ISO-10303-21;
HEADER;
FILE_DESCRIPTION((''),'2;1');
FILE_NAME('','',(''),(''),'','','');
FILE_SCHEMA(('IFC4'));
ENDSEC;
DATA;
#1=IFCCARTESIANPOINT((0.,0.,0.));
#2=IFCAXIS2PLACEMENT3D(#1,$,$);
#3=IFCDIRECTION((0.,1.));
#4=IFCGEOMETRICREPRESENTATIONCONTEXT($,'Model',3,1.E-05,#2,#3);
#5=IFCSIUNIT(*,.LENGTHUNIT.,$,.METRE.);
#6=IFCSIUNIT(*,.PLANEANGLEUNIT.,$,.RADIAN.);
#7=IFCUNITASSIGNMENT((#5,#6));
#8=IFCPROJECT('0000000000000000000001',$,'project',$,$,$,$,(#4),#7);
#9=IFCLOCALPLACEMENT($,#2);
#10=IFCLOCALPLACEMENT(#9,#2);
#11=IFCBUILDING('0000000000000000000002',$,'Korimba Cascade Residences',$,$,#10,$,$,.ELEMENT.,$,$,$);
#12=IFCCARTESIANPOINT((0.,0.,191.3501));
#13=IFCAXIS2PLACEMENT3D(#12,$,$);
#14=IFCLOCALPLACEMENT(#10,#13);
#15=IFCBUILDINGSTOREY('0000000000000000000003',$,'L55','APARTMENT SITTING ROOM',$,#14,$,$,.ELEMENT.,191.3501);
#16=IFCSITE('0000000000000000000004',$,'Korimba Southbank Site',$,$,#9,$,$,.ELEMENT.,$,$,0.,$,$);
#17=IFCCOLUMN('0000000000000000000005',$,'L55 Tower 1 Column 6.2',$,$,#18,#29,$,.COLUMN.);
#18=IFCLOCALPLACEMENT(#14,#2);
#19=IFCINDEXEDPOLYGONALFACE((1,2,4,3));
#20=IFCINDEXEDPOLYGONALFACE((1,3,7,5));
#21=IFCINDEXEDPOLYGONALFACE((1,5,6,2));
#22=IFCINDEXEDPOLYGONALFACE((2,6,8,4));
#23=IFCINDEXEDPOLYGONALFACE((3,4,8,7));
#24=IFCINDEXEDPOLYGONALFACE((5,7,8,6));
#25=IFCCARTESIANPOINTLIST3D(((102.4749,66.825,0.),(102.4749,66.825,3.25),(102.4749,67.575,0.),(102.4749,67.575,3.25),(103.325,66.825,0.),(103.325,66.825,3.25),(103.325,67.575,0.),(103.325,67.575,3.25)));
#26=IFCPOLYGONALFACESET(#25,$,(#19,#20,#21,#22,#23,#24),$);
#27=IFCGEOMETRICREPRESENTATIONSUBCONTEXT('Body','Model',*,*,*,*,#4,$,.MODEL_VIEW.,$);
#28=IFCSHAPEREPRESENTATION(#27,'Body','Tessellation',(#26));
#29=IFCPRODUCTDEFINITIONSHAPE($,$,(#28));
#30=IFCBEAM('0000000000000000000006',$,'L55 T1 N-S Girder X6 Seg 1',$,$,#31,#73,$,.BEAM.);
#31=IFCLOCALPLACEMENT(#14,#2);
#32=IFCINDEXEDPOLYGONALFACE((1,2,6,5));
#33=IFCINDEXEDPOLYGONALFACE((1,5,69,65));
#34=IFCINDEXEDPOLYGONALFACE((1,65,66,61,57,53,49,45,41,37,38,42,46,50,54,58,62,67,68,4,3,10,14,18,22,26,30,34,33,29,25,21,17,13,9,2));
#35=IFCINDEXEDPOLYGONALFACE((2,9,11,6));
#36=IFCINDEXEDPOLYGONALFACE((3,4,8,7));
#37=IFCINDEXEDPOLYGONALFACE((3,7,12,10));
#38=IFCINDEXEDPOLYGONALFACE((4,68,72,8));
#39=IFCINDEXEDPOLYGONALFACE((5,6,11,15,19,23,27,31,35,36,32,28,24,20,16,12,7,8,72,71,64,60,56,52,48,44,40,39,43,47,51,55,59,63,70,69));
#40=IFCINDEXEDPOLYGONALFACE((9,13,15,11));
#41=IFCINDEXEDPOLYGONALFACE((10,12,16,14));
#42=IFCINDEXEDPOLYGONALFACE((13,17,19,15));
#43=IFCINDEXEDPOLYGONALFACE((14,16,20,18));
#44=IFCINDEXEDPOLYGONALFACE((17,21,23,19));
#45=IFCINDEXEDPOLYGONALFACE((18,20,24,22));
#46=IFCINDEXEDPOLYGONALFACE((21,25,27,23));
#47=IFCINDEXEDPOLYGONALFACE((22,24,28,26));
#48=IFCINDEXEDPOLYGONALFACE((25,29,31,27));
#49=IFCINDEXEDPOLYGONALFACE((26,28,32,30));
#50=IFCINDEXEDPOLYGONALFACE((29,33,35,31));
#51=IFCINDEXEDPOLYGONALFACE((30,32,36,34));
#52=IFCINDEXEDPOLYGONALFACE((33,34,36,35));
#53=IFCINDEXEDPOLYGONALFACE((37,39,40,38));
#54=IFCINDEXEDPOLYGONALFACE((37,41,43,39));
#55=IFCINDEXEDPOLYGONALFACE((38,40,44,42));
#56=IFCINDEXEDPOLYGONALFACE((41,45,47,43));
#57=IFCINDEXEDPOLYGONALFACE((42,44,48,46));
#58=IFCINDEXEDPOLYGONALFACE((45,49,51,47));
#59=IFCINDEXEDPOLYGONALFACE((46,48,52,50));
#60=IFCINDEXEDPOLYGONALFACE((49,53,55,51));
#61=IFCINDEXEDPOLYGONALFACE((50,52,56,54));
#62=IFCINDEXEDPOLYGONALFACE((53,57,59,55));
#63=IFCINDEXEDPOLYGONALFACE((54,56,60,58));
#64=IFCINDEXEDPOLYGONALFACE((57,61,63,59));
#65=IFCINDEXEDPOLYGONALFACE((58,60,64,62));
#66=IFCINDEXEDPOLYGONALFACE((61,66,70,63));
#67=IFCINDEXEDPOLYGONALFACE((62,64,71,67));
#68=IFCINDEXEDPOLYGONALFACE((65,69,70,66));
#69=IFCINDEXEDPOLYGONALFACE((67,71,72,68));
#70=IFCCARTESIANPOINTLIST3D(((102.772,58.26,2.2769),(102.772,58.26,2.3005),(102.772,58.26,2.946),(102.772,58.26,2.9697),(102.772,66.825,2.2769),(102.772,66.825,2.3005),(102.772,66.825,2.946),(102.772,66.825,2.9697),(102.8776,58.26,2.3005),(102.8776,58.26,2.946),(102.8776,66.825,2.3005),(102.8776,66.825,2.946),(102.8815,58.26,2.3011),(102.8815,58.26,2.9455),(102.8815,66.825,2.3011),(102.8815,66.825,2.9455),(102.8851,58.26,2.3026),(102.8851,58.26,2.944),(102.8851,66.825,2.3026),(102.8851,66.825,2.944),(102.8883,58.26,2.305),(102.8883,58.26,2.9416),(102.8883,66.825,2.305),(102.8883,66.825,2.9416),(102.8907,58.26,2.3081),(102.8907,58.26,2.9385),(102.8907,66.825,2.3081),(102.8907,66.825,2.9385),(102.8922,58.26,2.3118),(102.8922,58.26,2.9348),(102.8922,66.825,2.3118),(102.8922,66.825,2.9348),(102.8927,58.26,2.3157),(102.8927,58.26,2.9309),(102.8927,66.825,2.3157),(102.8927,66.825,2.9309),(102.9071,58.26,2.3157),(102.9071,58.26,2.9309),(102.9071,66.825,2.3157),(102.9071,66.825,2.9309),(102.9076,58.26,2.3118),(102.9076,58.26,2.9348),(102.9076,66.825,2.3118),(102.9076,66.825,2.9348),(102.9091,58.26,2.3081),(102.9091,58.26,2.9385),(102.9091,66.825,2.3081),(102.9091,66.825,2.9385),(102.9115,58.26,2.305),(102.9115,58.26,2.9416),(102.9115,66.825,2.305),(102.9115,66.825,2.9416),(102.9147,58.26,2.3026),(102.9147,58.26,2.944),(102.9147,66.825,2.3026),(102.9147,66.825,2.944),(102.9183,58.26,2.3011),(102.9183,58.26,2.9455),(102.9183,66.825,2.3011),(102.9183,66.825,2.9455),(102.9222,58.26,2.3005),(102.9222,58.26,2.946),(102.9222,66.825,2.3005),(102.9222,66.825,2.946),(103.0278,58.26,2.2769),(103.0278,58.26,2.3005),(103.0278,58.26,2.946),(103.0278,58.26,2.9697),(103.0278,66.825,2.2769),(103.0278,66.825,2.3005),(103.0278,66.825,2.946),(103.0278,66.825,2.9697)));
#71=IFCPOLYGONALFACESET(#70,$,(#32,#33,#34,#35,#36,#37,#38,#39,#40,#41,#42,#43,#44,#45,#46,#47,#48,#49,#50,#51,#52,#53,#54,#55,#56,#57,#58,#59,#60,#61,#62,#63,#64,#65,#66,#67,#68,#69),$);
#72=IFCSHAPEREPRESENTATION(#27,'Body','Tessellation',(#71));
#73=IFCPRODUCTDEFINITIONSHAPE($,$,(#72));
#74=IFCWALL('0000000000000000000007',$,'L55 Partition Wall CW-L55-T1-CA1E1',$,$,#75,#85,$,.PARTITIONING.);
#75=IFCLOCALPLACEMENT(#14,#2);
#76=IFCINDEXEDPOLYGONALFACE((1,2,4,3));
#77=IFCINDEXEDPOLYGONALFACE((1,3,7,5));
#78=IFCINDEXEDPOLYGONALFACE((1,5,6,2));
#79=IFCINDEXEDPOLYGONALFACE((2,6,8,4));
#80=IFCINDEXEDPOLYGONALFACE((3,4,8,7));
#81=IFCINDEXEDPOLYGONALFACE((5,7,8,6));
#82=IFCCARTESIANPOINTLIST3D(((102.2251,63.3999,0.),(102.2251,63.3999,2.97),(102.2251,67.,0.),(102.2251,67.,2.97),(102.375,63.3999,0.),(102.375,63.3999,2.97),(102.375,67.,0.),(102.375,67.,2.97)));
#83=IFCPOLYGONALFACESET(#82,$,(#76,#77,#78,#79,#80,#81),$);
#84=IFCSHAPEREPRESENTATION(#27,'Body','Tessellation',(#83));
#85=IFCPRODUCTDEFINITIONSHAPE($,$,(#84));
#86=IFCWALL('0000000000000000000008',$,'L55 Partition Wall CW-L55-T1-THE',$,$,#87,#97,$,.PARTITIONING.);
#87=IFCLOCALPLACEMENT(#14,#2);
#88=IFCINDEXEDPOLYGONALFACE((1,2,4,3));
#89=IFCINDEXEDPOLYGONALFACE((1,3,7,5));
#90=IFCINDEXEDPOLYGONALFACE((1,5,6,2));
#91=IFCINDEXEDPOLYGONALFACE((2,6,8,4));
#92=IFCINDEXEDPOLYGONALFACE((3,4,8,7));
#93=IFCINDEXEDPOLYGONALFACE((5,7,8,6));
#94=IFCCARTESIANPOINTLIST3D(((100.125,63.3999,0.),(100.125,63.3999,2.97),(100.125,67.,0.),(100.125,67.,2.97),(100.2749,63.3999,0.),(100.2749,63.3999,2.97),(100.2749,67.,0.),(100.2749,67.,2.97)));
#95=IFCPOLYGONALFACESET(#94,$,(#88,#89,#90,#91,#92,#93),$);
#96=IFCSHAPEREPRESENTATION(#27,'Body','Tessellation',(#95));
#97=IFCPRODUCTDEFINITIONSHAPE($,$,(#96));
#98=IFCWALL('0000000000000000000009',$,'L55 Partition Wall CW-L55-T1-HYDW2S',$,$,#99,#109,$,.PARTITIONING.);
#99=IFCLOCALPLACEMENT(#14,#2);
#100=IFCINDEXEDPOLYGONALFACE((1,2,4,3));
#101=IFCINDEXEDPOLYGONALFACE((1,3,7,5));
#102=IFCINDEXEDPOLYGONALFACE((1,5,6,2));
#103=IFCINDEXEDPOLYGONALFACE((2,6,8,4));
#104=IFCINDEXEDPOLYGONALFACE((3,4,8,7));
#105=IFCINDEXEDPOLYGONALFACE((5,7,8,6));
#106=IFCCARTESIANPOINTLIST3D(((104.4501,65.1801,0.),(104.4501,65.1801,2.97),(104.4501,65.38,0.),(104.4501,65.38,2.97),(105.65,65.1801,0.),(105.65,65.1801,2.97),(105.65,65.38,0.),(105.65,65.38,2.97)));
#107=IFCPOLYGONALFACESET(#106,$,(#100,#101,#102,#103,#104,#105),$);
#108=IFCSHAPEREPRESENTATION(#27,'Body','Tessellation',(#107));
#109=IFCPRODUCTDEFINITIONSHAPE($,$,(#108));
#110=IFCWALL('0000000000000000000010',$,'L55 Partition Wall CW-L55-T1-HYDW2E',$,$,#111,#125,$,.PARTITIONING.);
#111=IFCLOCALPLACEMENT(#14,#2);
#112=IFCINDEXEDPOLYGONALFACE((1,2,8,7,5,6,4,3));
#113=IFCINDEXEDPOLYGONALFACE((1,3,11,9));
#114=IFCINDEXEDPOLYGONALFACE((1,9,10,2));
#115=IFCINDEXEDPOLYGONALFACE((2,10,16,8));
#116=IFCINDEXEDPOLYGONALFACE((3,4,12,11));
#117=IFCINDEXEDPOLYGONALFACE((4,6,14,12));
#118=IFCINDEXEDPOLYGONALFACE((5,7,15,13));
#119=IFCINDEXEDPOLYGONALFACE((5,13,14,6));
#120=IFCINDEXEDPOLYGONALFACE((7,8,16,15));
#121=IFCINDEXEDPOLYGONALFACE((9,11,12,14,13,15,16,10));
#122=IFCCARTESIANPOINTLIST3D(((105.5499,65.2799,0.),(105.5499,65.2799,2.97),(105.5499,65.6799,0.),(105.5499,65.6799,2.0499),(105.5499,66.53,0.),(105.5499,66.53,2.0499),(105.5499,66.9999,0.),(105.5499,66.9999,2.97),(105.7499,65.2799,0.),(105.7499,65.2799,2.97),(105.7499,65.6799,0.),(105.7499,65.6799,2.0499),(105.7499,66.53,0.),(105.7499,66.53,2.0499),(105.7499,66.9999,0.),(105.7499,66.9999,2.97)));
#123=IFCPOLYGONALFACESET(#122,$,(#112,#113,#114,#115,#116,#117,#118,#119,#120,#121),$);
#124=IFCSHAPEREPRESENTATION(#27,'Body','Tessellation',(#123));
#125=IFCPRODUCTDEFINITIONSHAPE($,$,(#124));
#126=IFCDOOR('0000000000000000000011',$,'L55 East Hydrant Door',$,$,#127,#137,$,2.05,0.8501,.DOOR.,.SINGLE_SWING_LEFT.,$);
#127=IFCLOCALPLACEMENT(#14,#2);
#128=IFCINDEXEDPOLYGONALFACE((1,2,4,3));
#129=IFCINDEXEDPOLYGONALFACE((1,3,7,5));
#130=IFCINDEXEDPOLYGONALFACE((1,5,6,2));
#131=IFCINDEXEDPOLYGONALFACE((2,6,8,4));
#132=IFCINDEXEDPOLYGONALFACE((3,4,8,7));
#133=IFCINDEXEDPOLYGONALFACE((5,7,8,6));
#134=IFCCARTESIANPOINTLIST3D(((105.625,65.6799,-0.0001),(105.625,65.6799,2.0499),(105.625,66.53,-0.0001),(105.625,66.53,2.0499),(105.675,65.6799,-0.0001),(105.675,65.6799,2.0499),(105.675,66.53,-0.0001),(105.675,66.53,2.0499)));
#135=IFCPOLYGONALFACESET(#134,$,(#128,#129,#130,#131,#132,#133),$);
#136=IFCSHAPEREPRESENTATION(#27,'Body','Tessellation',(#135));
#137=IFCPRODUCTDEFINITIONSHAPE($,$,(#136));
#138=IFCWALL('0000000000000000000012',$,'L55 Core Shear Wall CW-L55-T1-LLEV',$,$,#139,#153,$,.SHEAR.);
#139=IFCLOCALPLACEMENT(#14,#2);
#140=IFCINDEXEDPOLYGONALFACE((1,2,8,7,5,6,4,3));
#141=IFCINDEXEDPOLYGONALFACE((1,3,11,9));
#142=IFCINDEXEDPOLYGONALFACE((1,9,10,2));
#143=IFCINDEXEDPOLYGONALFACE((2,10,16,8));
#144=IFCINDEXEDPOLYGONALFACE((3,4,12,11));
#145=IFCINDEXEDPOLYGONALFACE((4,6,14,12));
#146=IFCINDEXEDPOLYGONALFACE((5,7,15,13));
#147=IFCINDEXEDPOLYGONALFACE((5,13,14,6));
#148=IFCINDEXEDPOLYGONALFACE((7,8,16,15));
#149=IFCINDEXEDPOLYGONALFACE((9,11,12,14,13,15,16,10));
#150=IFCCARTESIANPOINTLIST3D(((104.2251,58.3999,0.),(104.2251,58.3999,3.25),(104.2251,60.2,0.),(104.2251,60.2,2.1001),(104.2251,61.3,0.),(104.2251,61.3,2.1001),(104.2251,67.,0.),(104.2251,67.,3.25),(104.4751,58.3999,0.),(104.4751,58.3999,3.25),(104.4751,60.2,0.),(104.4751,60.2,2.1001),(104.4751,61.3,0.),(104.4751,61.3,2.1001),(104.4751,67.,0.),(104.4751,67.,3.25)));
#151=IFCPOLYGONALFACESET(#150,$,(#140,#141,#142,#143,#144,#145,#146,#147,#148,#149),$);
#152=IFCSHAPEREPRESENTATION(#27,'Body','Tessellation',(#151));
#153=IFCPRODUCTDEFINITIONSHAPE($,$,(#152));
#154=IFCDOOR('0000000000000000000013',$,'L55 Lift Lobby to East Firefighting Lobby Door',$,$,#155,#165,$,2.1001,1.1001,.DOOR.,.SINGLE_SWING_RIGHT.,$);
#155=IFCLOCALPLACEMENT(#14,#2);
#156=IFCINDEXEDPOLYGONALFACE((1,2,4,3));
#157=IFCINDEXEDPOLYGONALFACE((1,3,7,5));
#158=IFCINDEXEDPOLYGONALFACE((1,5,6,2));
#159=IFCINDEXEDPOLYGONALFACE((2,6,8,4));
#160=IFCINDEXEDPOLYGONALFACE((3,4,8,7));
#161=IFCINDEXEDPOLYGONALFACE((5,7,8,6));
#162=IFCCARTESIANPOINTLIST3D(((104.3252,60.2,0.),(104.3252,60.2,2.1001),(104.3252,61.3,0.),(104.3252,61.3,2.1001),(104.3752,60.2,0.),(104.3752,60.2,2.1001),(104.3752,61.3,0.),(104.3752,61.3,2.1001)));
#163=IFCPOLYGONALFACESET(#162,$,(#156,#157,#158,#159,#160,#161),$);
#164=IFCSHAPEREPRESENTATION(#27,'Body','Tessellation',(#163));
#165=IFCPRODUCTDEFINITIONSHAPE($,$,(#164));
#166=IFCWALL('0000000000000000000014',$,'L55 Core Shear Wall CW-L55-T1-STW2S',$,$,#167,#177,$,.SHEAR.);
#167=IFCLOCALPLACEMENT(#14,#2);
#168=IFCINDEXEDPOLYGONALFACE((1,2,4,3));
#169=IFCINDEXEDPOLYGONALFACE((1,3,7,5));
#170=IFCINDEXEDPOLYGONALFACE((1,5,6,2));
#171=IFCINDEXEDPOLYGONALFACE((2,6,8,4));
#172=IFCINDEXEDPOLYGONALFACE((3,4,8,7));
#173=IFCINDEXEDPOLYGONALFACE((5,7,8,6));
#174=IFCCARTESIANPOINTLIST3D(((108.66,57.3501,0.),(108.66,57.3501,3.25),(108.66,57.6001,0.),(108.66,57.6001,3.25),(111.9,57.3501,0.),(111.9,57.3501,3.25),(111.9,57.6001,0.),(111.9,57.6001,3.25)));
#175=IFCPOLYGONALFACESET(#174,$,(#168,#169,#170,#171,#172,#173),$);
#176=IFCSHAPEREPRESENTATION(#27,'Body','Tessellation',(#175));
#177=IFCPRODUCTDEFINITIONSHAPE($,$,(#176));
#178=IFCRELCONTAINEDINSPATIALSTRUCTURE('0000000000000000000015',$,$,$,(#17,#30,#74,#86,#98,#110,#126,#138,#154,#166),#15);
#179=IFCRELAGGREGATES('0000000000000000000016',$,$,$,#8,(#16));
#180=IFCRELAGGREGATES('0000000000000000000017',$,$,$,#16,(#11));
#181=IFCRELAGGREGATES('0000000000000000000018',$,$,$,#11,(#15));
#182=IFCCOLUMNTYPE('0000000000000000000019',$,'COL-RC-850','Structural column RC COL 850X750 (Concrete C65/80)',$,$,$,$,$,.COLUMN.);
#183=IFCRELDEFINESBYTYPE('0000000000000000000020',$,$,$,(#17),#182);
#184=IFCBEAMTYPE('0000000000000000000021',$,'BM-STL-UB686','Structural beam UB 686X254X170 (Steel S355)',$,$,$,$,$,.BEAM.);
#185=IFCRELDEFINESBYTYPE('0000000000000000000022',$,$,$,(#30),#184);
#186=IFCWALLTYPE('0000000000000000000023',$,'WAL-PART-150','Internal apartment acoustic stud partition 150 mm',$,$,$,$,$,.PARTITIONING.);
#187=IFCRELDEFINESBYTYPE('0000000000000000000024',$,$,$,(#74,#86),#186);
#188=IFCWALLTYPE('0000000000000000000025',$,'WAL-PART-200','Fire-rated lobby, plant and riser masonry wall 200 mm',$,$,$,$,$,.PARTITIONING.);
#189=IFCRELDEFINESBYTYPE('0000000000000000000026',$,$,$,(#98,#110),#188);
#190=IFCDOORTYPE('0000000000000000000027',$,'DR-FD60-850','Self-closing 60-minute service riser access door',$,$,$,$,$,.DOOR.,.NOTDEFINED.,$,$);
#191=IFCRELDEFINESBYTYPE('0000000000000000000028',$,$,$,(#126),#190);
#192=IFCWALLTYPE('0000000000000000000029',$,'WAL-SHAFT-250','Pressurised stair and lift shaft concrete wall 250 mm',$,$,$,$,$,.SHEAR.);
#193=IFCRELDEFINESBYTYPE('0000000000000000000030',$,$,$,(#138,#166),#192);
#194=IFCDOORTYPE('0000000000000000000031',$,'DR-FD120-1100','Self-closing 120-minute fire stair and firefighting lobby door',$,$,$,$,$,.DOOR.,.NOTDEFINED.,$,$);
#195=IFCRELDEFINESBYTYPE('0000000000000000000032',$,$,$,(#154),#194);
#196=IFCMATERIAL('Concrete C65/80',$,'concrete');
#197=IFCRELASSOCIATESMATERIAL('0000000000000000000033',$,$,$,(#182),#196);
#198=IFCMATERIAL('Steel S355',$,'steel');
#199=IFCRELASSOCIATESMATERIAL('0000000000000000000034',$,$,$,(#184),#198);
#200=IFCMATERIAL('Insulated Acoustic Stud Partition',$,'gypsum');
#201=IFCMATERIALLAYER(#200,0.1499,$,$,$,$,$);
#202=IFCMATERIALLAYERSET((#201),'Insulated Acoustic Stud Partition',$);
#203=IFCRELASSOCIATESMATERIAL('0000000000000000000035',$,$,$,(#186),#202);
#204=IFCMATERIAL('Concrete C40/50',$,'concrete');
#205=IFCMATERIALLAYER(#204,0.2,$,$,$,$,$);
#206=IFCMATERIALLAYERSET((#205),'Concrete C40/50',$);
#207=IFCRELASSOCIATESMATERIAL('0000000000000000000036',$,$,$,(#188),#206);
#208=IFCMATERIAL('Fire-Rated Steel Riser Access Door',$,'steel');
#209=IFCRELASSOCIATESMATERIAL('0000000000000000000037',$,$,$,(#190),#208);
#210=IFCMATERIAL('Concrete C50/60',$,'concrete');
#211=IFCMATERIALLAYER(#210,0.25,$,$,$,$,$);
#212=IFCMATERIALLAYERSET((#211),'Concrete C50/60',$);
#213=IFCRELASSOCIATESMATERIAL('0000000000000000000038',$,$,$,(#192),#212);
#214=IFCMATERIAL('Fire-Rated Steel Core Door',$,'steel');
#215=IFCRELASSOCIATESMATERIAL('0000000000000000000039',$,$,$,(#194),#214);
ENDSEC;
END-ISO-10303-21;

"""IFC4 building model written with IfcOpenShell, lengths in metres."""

from ifc_helpers import new_model, si_unit, direction, frame, frame_2d, origin, origin_2d, place, context, subcontext, project, spatial, rectangle, i_section, extrude, material, layer, layer_set, material_profile, profile_set, type_object, element, fill, save


model = new_model("IFC4")

# Units and contexts
model_context = context("Model", 3, precision=1e-05, world=origin(), true_north=direction((0.0, 1.0)))
body_context = subcontext(model_context, "Body", "Model", "MODEL_VIEW")
ifc_project = project(units=[si_unit("LENGTHUNIT", "METRE"), si_unit("PLANEANGLEUNIT", "RADIAN")], contexts=[model_context])

# Site, building, storey
site_placement = place(None, origin())
site = spatial("IfcSite", under=ifc_project, at=site_placement, Name="Korimba Southbank Site", CompositionType="ELEMENT", RefElevation=0.0)
building_placement = place(site_placement, origin())
building = spatial("IfcBuilding", under=site, at=building_placement, Name="Korimba Cascade Residences", CompositionType="ELEMENT")
storey_placement = place(building_placement, frame((0.0, 0.0, 191.3501)))
storey = spatial("IfcBuildingStorey", under=building, at=storey_placement, Name="L55", Description="APARTMENT SITTING ROOM", CompositionType="ELEMENT", Elevation=191.3501)

# Column
ifc_material_1 = material(Name="Concrete C65/80", Category="concrete")
ifc_material_profile_1 = material_profile(ifc_material_1, rectangle(XDim=0.8501, YDim=0.75, at=origin_2d()), Name="Concrete C65/80")
ifc_profile_set_1 = profile_set([ifc_material_profile_1], Name="Concrete C65/80")
column_type = type_object("IfcColumnType", Name="COL-RC-850", Description="Structural column RC COL 850X750 (Concrete C65/80)", PredefinedType="COLUMN", material=ifc_profile_set_1)
column_placement = place(storey_placement, frame((102.8999, 67.2, 0.0), z_axis=(0.0, 0.0, 1.0), x_axis=(1.0, 0.0, 0.0)))
element("IfcColumn", 1, at=column_placement, inside=storey, type_object=column_type, Name="L55 Tower 1 Column 6.2", PredefinedType="COLUMN", context=body_context, shape_type="SweptSolid", body=[
    extrude(rectangle(XDim=0.8501, YDim=0.75, at=origin_2d()), origin(), (0.0, 0.0, 1.0), 3.25),
])

# Beam
ifc_material_2 = material(Name="Steel S355", Category="steel")
ifc_material_profile_2 = material_profile(ifc_material_2, i_section(OverallWidth=0.2559, OverallDepth=0.6929, WebThickness=0.0144, FlangeThickness=0.0237, FilletRadius=0.0151, at=origin_2d()), Name="Steel S355")
ifc_profile_set_2 = profile_set([ifc_material_profile_2], Name="Steel S355")
beam_type = type_object("IfcBeamType", Name="BM-STL-UB686", Description="Structural beam UB 686X254X170 (Steel S355)", PredefinedType="BEAM", material=ifc_profile_set_2)
beam_placement = place(storey_placement, frame((102.8999, 58.26, 2.6233), z_axis=(0.0, 1.0, 0.0), x_axis=(-1.0, 0.0, 0.0)))
element("IfcBeam", 2, at=beam_placement, inside=storey, type_object=beam_type, Name="L55 T1 N-S Girder X6 Seg 1", PredefinedType="BEAM", context=body_context, shape_type="SweptSolid", body=[
    extrude(i_section(OverallWidth=0.2559, OverallDepth=0.6929, WebThickness=0.0144, FlangeThickness=0.0237, FilletRadius=0.0151, at=origin_2d()), origin(), (0.0, 0.0, 1.0), 8.5649),
])

# Walls
ifc_material_3 = material(Name="Insulated Acoustic Stud Partition", Category="gypsum")
ifc_layer_1 = layer(ifc_material_3, 0.1499)
ifc_layer_set_1 = layer_set([ifc_layer_1], Name="Insulated Acoustic Stud Partition")
wall_type_1 = type_object("IfcWallType", Name="WAL-PART-150", Description="Internal apartment acoustic stud partition 150 mm", PredefinedType="PARTITIONING", material=ifc_layer_set_1)
for number, where, z_axis, x_axis, name in (
    (3, (102.3, 63.3999, 0.0), (0.0, 0.0, 1.0), (0.0, 1.0, 0.0), "L55 Partition Wall CW-L55-T1-CA1E1"),
    (4, (100.2, 63.3999, 0.0), (0.0, 0.0, 1.0), (0.0, 1.0, 0.0), "L55 Partition Wall CW-L55-T1-THE"),
):
    element("IfcWall", number, at=place(storey_placement, frame(where, z_axis=z_axis, x_axis=x_axis)), inside=storey, type_object=wall_type_1, Name=name, PredefinedType="PARTITIONING", context=body_context, shape_type="SweptSolid", body=[
        extrude(rectangle(XDim=3.6001, YDim=0.1499, at=frame_2d((1.8, 0.0))), origin(), (0.0, 0.0, 1.0), 2.97),
    ])
ifc_material_4 = material(Name="Concrete C40/50", Category="concrete")
ifc_layer_2 = layer(ifc_material_4, 0.2)
ifc_layer_set_2 = layer_set([ifc_layer_2], Name="Concrete C40/50")
wall_type_2 = type_object("IfcWallType", Name="WAL-PART-200", Description="Fire-rated lobby, plant and riser masonry wall 200 mm", PredefinedType="PARTITIONING", material=ifc_layer_set_2)
wall_1_placement = place(storey_placement, frame((104.45, 65.28, 0.0), z_axis=(0.0, 0.0, 1.0), x_axis=(1.0, 0.0, 0.0)))
element("IfcWall", 5, at=wall_1_placement, inside=storey, type_object=wall_type_2, Name="L55 Partition Wall CW-L55-T1-HYDW2S", PredefinedType="PARTITIONING", context=body_context, shape_type="SweptSolid", body=[
    extrude(rectangle(XDim=1.2, YDim=0.2, at=frame_2d((0.6001, 0.0))), origin(), (0.0, 0.0, 1.0), 2.97),
])

# Wall, opening, door
wall_2_placement = place(storey_placement, frame((105.6499, 65.28, 0.0), z_axis=(0.0, 0.0, 1.0), x_axis=(0.0, 1.0, 0.0)))
wall_2 = element("IfcWall", 6, at=wall_2_placement, inside=storey, type_object=wall_type_2, Name="L55 Partition Wall CW-L55-T1-HYDW2E", PredefinedType="PARTITIONING", context=body_context, shape_type="SweptSolid", body=[
    extrude(rectangle(XDim=1.72, YDim=0.2, at=frame_2d((0.8599, 0.0))), origin(), (0.0, 0.0, 1.0), 2.97),
])
opening_1_placement = place(wall_2_placement, frame((0.3999, 0.0, 0.0)))
opening_1 = element("IfcOpeningElement", 7, at=opening_1_placement, cuts=wall_2, PredefinedType="OPENING", context=body_context, shape_type="SweptSolid", body=[
    extrude(rectangle(XDim=0.8501, YDim=2.05, at=frame_2d((0.425, 1.0249))), frame((0.0, 0.1099, 0.0), z_axis=(0.0, -1.0, 0.0), x_axis=(1.0, 0.0, 0.0)), (0.0, 0.0, 1.0), 0.22),
])
ifc_material_5 = material(Name="Fire-Rated Steel Riser Access Door", Category="steel")
door_type_1 = type_object("IfcDoorType", Name="DR-FD60-850", Description="Self-closing 60-minute service riser access door", OperationType="NOTDEFINED", PredefinedType="DOOR", material=ifc_material_5)
door_1_placement = place(opening_1_placement, origin())
door_1 = element("IfcDoor", 8, at=door_1_placement, inside=storey, type_object=door_type_1, Name="L55 East Hydrant Door", OperationType="SINGLE_SWING_LEFT", OverallHeight=2.05, OverallWidth=0.8501, PredefinedType="DOOR", context=body_context, shape_type="SweptSolid", body=[
    extrude(rectangle(XDim=0.8501, YDim=2.05, at=frame_2d((0.425, 1.0249))), frame((0.0, 0.0249, 0.0), z_axis=(0.0, -1.0, 0.0), x_axis=(1.0, 0.0, 0.0)), (0.0, 0.0, 1.0), 0.05),
])
fill(opening_1, door_1)

# Shared definitions
ifc_material_6 = material(Name="Concrete C50/60", Category="concrete")
ifc_layer_3 = layer(ifc_material_6, 0.25)
ifc_layer_set_3 = layer_set([ifc_layer_3], Name="Concrete C50/60")
wall_type_3 = type_object("IfcWallType", Name="WAL-SHAFT-250", Description="Pressurised stair and lift shaft concrete wall 250 mm", PredefinedType="SHEAR", material=ifc_layer_set_3)

# Wall, opening, door
wall_3_placement = place(storey_placement, frame((104.3501, 58.3999, 0.0), z_axis=(0.0, 0.0, 1.0), x_axis=(0.0, 1.0, 0.0)))
wall_3 = element("IfcWall", 9, at=wall_3_placement, inside=storey, type_object=wall_type_3, Name="L55 Core Shear Wall CW-L55-T1-LLEV", PredefinedType="SHEAR", context=body_context, shape_type="SweptSolid", body=[
    extrude(rectangle(XDim=8.6001, YDim=0.25, at=frame_2d((4.3, 0.0))), origin(), (0.0, 0.0, 1.0), 3.25),
])
opening_2_placement = place(wall_3_placement, frame((1.8, 0.0, 0.0)))
opening_2 = element("IfcOpeningElement", 10, at=opening_2_placement, cuts=wall_3, PredefinedType="OPENING", context=body_context, shape_type="SweptSolid", body=[
    extrude(rectangle(XDim=1.1001, YDim=2.1001, at=frame_2d((0.55, 1.05))), frame((0.0, 0.135, 0.0), z_axis=(0.0, -1.0, 0.0), x_axis=(1.0, 0.0, 0.0)), (0.0, 0.0, 1.0), 0.27),
])
ifc_material_7 = material(Name="Fire-Rated Steel Core Door", Category="steel")
door_type_2 = type_object("IfcDoorType", Name="DR-FD120-1100", Description="Self-closing 120-minute fire stair and firefighting lobby door", OperationType="NOTDEFINED", PredefinedType="DOOR", material=ifc_material_7)
door_2_placement = place(opening_2_placement, origin())
door_2 = element("IfcDoor", 11, at=door_2_placement, inside=storey, type_object=door_type_2, Name="L55 Lift Lobby to East Firefighting Lobby Door", OperationType="SINGLE_SWING_RIGHT", OverallHeight=2.1001, OverallWidth=1.1001, PredefinedType="DOOR", context=body_context, shape_type="SweptSolid", body=[
    extrude(rectangle(XDim=1.1001, YDim=2.1001, at=frame_2d((0.55, 1.05))), frame((0.0, 0.0249, 0.0), z_axis=(0.0, -1.0, 0.0), x_axis=(1.0, 0.0, 0.0)), (0.0, 0.0, 1.0), 0.05),
])
fill(opening_2, door_2)

# Wall
for number, where, z_axis, x_axis, name in (
    (12, (108.6599, 57.4751, 0.0), (0.0, 0.0, 1.0), (1.0, 0.0, 0.0), "L55 Core Shear Wall CW-L55-T1-STW2S"),
):
    element("IfcWall", number, at=place(storey_placement, frame(where, z_axis=z_axis, x_axis=x_axis)), inside=storey, type_object=wall_type_3, Name=name, PredefinedType="SHEAR", context=body_context, shape_type="SweptSolid", body=[
        extrude(rectangle(XDim=3.24, YDim=0.25, at=frame_2d((1.6201, 0.0))), origin(), (0.0, 0.0, 1.0), 3.25),
    ])

save(model, "model.ifc")
